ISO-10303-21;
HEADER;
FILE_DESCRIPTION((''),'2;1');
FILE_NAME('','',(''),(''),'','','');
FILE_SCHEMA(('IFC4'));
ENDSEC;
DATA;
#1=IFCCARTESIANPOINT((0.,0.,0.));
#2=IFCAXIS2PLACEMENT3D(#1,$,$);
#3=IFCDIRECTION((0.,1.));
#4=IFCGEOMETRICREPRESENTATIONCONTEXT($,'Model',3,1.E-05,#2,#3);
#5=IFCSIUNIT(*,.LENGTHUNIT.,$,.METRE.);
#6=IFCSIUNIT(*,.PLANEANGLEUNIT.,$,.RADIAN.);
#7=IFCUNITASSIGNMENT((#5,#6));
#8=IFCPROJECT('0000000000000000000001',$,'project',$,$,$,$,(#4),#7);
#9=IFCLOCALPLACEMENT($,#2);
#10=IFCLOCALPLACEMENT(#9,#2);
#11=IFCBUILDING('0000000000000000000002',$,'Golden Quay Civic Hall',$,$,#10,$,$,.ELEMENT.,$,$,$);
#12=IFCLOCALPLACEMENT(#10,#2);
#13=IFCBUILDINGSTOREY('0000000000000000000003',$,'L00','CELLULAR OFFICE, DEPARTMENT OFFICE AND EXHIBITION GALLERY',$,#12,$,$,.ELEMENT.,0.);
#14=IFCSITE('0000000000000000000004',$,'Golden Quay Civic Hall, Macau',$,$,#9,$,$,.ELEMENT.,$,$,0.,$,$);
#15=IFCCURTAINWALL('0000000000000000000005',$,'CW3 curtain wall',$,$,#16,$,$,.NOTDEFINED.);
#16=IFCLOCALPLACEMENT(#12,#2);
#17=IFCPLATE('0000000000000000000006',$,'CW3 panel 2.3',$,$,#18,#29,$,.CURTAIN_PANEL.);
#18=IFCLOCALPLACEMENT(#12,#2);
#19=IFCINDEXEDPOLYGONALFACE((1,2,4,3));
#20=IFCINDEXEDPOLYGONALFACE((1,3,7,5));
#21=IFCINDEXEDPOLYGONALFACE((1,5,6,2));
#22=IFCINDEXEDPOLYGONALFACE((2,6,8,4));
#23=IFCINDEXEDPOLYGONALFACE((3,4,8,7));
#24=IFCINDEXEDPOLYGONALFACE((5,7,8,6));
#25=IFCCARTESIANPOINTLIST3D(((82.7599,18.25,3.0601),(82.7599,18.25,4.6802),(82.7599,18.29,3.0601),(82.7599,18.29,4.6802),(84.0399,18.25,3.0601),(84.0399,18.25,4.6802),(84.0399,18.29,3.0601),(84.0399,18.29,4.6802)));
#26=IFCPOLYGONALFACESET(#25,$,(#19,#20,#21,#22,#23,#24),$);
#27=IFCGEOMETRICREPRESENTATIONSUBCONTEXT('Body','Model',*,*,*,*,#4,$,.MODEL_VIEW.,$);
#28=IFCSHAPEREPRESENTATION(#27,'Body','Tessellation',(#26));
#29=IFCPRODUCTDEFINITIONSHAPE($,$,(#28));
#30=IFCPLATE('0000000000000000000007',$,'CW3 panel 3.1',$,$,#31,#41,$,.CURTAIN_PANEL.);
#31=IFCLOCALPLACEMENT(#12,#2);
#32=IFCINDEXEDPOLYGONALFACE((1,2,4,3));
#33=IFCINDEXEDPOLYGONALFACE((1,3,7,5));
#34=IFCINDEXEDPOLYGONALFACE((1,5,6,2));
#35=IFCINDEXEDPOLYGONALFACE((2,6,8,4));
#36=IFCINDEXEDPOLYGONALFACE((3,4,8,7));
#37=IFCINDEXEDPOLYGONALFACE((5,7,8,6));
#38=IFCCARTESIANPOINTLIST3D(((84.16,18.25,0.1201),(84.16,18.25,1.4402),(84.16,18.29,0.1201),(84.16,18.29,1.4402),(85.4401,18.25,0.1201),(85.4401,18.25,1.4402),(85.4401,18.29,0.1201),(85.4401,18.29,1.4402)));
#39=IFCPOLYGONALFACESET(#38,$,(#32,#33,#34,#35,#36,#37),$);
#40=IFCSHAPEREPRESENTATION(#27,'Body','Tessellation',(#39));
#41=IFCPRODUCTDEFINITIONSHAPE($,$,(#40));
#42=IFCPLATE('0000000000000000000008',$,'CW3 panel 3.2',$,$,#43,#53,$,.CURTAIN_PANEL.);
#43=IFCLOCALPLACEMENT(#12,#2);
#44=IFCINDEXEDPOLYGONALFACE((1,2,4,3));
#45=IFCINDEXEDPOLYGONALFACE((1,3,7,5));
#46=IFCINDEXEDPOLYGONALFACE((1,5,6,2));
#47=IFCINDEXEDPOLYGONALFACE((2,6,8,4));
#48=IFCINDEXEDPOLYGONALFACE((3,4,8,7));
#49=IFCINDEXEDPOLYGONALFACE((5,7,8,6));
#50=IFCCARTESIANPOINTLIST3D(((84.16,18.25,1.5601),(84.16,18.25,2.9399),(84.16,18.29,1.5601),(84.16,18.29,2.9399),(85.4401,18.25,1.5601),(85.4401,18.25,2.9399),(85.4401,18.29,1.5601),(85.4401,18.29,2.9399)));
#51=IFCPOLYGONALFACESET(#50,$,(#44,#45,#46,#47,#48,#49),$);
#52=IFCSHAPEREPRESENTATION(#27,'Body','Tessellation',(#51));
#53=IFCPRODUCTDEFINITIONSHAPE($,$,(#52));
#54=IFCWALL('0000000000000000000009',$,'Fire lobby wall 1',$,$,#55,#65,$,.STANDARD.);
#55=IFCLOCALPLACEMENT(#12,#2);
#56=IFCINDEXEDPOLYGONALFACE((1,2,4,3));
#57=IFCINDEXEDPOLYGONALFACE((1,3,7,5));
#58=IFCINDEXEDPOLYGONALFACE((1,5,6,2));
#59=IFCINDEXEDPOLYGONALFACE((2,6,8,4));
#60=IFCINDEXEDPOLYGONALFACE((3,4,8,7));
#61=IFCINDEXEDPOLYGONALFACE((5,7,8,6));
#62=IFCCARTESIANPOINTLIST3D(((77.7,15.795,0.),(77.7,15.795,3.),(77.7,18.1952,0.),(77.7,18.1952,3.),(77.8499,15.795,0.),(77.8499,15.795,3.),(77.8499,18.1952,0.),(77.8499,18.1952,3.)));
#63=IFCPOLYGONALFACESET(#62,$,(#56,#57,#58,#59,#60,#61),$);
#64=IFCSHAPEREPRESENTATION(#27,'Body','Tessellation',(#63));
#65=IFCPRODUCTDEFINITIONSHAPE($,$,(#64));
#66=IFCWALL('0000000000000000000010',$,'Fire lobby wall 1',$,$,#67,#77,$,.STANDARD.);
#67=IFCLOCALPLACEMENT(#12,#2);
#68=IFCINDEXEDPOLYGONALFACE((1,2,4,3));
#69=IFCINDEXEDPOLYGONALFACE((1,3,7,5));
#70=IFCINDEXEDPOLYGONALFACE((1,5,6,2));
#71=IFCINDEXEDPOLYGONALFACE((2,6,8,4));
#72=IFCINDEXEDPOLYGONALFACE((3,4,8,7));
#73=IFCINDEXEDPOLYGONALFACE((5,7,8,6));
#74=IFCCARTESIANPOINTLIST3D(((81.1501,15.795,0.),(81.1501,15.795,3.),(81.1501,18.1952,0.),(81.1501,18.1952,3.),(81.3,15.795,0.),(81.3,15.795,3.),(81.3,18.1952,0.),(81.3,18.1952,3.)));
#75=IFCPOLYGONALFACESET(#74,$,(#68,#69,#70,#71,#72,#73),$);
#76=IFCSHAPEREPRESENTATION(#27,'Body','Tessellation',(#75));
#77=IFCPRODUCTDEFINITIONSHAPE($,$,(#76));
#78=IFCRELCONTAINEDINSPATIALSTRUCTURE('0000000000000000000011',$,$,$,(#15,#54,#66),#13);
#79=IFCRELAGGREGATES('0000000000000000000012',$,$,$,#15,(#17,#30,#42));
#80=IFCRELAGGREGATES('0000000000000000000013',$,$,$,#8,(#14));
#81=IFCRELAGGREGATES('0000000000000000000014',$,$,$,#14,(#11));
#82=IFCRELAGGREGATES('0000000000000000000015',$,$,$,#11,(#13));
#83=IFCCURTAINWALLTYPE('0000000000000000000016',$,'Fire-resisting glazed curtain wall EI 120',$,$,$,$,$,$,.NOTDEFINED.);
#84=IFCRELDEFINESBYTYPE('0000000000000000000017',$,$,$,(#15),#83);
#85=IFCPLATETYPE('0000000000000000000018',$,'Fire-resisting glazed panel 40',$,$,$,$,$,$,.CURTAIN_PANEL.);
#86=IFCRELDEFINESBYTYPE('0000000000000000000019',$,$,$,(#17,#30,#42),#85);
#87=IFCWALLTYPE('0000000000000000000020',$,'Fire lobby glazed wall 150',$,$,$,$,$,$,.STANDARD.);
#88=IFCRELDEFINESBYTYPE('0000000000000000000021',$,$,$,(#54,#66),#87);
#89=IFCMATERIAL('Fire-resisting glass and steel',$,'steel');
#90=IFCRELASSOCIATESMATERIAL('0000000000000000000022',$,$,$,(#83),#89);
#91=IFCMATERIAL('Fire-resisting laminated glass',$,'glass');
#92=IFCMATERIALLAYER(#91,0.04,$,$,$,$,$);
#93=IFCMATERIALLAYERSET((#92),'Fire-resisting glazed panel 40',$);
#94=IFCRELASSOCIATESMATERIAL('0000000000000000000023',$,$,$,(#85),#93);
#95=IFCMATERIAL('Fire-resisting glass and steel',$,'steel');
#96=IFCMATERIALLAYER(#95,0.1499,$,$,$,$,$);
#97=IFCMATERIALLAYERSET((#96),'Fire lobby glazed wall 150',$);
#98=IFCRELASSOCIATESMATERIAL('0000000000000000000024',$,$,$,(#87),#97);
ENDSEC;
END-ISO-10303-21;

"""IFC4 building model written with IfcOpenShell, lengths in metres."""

from ifc_helpers import new_model, si_unit, direction, frame, frame_2d, origin, origin_2d, place, context, subcontext, project, spatial, rectangle, extrude, material, layer, layer_set, type_object, element, aggregate, save


model = new_model("IFC4")

# Units and contexts
model_context = context("Model", 3, precision=1e-05, world=origin(), true_north=direction((0.0, 1.0)))
body_context = subcontext(model_context, "Body", "Model", "MODEL_VIEW")
ifc_project = project(units=[si_unit("LENGTHUNIT", "METRE"), si_unit("PLANEANGLEUNIT", "RADIAN")], contexts=[model_context])

# Site, building, storey
site_placement = place(None, origin())
site = spatial("IfcSite", under=ifc_project, at=site_placement, Name="Golden Quay Civic Hall, Macau", CompositionType="ELEMENT", RefElevation=0.0)
building_placement = place(site_placement, origin())
building = spatial("IfcBuilding", under=site, at=building_placement, Name="Golden Quay Civic Hall", CompositionType="ELEMENT")
storey_placement = place(building_placement, origin())
storey = spatial("IfcBuildingStorey", under=building, at=storey_placement, Name="L00", Description="CELLULAR OFFICE, DEPARTMENT OFFICE AND EXHIBITION GALLERY", CompositionType="ELEMENT", Elevation=0.0)

# Shared definitions
ifc_material_1 = material(Name="Fire-resisting glass and steel", Category="steel")
curtain_wall_type = type_object("IfcCurtainWallType", Name="Fire-resisting glazed curtain wall EI 120", PredefinedType="NOTDEFINED", material=ifc_material_1)

# Curtain wall
curtain_wall_1_placement = place(storey_placement, origin())
curtain_wall_1 = element("IfcCurtainWall", 1, at=curtain_wall_1_placement, inside=storey, type_object=curtain_wall_type, Name="CW3 curtain wall", PredefinedType="NOTDEFINED")

# Plates
ifc_material_2 = material(Name="Fire-resisting laminated glass", Category="glass")
ifc_layer_1 = layer(ifc_material_2, 0.04)
ifc_layer_set_1 = layer_set([ifc_layer_1], Name="Fire-resisting glazed panel 40")
plate_type = type_object("IfcPlateType", Name="Fire-resisting glazed panel 40", PredefinedType="CURTAIN_PANEL", material=ifc_layer_set_1)
plate_1_placement = place(storey_placement, frame((83.3999, 18.27, 3.0601), z_axis=(0.0, 0.0, 1.0), x_axis=(1.0, 0.0, 0.0)))
plate_1 = element("IfcPlate", 2, at=plate_1_placement, type_object=plate_type, Name="CW3 panel 2.3", PredefinedType="CURTAIN_PANEL", context=body_context, shape_type="SweptSolid", body=[
    extrude(rectangle(XDim=1.28, YDim=0.04, at=origin_2d()), origin(), (0.0, 0.0, 1.0), 1.6201),
])
plate_2_placement = place(storey_placement, frame((84.8, 18.27, 0.1201), z_axis=(0.0, 0.0, 1.0), x_axis=(1.0, 0.0, 0.0)))
plate_2 = element("IfcPlate", 3, at=plate_2_placement, type_object=plate_type, Name="CW3 panel 3.1", PredefinedType="CURTAIN_PANEL", context=body_context, shape_type="SweptSolid", body=[
    extrude(rectangle(XDim=1.28, YDim=0.04, at=origin_2d()), origin(), (0.0, 0.0, 1.0), 1.3201),
])
plate_3_placement = place(storey_placement, frame((84.8, 18.27, 1.5601), z_axis=(0.0, 0.0, 1.0), x_axis=(1.0, 0.0, 0.0)))
plate_3 = element("IfcPlate", 4, at=plate_3_placement, type_object=plate_type, Name="CW3 panel 3.2", PredefinedType="CURTAIN_PANEL", context=body_context, shape_type="SweptSolid", body=[
    extrude(rectangle(XDim=1.28, YDim=0.04, at=origin_2d()), origin(), (0.0, 0.0, 1.0), 1.3799),
])
aggregate(curtain_wall_1, [plate_1, plate_2, plate_3])

# Walls
ifc_material_3 = material(Name="Fire-resisting glass and steel", Category="steel")
ifc_layer_2 = layer(ifc_material_3, 0.1499)
ifc_layer_set_2 = layer_set([ifc_layer_2], Name="Fire lobby glazed wall 150")
wall_type_1 = type_object("IfcWallType", Name="Fire lobby glazed wall 150", PredefinedType="STANDARD", material=ifc_layer_set_2)
for number, where, z_axis, x_axis, name in (
    (5, (77.7749, 15.7949, 0.0), (0.0, 0.0, 1.0), (0.0, 1.0, 0.0), "Fire lobby wall 1"),
    (6, (81.2251, 15.7949, 0.0), (0.0, 0.0, 1.0), (0.0, 1.0, 0.0), "Fire lobby wall 1"),
):
    element("IfcWall", number, at=place(storey_placement, frame(where, z_axis=z_axis, x_axis=x_axis)), inside=storey, type_object=wall_type_1, Name=name, PredefinedType="STANDARD", context=body_context, shape_type="SweptSolid", body=[
        extrude(rectangle(XDim=2.4001, YDim=0.1499, at=frame_2d((1.2002, 0.0))), origin(), (0.0, 0.0, 1.0), 3.0),
    ])

save(model, "model.ifc")
